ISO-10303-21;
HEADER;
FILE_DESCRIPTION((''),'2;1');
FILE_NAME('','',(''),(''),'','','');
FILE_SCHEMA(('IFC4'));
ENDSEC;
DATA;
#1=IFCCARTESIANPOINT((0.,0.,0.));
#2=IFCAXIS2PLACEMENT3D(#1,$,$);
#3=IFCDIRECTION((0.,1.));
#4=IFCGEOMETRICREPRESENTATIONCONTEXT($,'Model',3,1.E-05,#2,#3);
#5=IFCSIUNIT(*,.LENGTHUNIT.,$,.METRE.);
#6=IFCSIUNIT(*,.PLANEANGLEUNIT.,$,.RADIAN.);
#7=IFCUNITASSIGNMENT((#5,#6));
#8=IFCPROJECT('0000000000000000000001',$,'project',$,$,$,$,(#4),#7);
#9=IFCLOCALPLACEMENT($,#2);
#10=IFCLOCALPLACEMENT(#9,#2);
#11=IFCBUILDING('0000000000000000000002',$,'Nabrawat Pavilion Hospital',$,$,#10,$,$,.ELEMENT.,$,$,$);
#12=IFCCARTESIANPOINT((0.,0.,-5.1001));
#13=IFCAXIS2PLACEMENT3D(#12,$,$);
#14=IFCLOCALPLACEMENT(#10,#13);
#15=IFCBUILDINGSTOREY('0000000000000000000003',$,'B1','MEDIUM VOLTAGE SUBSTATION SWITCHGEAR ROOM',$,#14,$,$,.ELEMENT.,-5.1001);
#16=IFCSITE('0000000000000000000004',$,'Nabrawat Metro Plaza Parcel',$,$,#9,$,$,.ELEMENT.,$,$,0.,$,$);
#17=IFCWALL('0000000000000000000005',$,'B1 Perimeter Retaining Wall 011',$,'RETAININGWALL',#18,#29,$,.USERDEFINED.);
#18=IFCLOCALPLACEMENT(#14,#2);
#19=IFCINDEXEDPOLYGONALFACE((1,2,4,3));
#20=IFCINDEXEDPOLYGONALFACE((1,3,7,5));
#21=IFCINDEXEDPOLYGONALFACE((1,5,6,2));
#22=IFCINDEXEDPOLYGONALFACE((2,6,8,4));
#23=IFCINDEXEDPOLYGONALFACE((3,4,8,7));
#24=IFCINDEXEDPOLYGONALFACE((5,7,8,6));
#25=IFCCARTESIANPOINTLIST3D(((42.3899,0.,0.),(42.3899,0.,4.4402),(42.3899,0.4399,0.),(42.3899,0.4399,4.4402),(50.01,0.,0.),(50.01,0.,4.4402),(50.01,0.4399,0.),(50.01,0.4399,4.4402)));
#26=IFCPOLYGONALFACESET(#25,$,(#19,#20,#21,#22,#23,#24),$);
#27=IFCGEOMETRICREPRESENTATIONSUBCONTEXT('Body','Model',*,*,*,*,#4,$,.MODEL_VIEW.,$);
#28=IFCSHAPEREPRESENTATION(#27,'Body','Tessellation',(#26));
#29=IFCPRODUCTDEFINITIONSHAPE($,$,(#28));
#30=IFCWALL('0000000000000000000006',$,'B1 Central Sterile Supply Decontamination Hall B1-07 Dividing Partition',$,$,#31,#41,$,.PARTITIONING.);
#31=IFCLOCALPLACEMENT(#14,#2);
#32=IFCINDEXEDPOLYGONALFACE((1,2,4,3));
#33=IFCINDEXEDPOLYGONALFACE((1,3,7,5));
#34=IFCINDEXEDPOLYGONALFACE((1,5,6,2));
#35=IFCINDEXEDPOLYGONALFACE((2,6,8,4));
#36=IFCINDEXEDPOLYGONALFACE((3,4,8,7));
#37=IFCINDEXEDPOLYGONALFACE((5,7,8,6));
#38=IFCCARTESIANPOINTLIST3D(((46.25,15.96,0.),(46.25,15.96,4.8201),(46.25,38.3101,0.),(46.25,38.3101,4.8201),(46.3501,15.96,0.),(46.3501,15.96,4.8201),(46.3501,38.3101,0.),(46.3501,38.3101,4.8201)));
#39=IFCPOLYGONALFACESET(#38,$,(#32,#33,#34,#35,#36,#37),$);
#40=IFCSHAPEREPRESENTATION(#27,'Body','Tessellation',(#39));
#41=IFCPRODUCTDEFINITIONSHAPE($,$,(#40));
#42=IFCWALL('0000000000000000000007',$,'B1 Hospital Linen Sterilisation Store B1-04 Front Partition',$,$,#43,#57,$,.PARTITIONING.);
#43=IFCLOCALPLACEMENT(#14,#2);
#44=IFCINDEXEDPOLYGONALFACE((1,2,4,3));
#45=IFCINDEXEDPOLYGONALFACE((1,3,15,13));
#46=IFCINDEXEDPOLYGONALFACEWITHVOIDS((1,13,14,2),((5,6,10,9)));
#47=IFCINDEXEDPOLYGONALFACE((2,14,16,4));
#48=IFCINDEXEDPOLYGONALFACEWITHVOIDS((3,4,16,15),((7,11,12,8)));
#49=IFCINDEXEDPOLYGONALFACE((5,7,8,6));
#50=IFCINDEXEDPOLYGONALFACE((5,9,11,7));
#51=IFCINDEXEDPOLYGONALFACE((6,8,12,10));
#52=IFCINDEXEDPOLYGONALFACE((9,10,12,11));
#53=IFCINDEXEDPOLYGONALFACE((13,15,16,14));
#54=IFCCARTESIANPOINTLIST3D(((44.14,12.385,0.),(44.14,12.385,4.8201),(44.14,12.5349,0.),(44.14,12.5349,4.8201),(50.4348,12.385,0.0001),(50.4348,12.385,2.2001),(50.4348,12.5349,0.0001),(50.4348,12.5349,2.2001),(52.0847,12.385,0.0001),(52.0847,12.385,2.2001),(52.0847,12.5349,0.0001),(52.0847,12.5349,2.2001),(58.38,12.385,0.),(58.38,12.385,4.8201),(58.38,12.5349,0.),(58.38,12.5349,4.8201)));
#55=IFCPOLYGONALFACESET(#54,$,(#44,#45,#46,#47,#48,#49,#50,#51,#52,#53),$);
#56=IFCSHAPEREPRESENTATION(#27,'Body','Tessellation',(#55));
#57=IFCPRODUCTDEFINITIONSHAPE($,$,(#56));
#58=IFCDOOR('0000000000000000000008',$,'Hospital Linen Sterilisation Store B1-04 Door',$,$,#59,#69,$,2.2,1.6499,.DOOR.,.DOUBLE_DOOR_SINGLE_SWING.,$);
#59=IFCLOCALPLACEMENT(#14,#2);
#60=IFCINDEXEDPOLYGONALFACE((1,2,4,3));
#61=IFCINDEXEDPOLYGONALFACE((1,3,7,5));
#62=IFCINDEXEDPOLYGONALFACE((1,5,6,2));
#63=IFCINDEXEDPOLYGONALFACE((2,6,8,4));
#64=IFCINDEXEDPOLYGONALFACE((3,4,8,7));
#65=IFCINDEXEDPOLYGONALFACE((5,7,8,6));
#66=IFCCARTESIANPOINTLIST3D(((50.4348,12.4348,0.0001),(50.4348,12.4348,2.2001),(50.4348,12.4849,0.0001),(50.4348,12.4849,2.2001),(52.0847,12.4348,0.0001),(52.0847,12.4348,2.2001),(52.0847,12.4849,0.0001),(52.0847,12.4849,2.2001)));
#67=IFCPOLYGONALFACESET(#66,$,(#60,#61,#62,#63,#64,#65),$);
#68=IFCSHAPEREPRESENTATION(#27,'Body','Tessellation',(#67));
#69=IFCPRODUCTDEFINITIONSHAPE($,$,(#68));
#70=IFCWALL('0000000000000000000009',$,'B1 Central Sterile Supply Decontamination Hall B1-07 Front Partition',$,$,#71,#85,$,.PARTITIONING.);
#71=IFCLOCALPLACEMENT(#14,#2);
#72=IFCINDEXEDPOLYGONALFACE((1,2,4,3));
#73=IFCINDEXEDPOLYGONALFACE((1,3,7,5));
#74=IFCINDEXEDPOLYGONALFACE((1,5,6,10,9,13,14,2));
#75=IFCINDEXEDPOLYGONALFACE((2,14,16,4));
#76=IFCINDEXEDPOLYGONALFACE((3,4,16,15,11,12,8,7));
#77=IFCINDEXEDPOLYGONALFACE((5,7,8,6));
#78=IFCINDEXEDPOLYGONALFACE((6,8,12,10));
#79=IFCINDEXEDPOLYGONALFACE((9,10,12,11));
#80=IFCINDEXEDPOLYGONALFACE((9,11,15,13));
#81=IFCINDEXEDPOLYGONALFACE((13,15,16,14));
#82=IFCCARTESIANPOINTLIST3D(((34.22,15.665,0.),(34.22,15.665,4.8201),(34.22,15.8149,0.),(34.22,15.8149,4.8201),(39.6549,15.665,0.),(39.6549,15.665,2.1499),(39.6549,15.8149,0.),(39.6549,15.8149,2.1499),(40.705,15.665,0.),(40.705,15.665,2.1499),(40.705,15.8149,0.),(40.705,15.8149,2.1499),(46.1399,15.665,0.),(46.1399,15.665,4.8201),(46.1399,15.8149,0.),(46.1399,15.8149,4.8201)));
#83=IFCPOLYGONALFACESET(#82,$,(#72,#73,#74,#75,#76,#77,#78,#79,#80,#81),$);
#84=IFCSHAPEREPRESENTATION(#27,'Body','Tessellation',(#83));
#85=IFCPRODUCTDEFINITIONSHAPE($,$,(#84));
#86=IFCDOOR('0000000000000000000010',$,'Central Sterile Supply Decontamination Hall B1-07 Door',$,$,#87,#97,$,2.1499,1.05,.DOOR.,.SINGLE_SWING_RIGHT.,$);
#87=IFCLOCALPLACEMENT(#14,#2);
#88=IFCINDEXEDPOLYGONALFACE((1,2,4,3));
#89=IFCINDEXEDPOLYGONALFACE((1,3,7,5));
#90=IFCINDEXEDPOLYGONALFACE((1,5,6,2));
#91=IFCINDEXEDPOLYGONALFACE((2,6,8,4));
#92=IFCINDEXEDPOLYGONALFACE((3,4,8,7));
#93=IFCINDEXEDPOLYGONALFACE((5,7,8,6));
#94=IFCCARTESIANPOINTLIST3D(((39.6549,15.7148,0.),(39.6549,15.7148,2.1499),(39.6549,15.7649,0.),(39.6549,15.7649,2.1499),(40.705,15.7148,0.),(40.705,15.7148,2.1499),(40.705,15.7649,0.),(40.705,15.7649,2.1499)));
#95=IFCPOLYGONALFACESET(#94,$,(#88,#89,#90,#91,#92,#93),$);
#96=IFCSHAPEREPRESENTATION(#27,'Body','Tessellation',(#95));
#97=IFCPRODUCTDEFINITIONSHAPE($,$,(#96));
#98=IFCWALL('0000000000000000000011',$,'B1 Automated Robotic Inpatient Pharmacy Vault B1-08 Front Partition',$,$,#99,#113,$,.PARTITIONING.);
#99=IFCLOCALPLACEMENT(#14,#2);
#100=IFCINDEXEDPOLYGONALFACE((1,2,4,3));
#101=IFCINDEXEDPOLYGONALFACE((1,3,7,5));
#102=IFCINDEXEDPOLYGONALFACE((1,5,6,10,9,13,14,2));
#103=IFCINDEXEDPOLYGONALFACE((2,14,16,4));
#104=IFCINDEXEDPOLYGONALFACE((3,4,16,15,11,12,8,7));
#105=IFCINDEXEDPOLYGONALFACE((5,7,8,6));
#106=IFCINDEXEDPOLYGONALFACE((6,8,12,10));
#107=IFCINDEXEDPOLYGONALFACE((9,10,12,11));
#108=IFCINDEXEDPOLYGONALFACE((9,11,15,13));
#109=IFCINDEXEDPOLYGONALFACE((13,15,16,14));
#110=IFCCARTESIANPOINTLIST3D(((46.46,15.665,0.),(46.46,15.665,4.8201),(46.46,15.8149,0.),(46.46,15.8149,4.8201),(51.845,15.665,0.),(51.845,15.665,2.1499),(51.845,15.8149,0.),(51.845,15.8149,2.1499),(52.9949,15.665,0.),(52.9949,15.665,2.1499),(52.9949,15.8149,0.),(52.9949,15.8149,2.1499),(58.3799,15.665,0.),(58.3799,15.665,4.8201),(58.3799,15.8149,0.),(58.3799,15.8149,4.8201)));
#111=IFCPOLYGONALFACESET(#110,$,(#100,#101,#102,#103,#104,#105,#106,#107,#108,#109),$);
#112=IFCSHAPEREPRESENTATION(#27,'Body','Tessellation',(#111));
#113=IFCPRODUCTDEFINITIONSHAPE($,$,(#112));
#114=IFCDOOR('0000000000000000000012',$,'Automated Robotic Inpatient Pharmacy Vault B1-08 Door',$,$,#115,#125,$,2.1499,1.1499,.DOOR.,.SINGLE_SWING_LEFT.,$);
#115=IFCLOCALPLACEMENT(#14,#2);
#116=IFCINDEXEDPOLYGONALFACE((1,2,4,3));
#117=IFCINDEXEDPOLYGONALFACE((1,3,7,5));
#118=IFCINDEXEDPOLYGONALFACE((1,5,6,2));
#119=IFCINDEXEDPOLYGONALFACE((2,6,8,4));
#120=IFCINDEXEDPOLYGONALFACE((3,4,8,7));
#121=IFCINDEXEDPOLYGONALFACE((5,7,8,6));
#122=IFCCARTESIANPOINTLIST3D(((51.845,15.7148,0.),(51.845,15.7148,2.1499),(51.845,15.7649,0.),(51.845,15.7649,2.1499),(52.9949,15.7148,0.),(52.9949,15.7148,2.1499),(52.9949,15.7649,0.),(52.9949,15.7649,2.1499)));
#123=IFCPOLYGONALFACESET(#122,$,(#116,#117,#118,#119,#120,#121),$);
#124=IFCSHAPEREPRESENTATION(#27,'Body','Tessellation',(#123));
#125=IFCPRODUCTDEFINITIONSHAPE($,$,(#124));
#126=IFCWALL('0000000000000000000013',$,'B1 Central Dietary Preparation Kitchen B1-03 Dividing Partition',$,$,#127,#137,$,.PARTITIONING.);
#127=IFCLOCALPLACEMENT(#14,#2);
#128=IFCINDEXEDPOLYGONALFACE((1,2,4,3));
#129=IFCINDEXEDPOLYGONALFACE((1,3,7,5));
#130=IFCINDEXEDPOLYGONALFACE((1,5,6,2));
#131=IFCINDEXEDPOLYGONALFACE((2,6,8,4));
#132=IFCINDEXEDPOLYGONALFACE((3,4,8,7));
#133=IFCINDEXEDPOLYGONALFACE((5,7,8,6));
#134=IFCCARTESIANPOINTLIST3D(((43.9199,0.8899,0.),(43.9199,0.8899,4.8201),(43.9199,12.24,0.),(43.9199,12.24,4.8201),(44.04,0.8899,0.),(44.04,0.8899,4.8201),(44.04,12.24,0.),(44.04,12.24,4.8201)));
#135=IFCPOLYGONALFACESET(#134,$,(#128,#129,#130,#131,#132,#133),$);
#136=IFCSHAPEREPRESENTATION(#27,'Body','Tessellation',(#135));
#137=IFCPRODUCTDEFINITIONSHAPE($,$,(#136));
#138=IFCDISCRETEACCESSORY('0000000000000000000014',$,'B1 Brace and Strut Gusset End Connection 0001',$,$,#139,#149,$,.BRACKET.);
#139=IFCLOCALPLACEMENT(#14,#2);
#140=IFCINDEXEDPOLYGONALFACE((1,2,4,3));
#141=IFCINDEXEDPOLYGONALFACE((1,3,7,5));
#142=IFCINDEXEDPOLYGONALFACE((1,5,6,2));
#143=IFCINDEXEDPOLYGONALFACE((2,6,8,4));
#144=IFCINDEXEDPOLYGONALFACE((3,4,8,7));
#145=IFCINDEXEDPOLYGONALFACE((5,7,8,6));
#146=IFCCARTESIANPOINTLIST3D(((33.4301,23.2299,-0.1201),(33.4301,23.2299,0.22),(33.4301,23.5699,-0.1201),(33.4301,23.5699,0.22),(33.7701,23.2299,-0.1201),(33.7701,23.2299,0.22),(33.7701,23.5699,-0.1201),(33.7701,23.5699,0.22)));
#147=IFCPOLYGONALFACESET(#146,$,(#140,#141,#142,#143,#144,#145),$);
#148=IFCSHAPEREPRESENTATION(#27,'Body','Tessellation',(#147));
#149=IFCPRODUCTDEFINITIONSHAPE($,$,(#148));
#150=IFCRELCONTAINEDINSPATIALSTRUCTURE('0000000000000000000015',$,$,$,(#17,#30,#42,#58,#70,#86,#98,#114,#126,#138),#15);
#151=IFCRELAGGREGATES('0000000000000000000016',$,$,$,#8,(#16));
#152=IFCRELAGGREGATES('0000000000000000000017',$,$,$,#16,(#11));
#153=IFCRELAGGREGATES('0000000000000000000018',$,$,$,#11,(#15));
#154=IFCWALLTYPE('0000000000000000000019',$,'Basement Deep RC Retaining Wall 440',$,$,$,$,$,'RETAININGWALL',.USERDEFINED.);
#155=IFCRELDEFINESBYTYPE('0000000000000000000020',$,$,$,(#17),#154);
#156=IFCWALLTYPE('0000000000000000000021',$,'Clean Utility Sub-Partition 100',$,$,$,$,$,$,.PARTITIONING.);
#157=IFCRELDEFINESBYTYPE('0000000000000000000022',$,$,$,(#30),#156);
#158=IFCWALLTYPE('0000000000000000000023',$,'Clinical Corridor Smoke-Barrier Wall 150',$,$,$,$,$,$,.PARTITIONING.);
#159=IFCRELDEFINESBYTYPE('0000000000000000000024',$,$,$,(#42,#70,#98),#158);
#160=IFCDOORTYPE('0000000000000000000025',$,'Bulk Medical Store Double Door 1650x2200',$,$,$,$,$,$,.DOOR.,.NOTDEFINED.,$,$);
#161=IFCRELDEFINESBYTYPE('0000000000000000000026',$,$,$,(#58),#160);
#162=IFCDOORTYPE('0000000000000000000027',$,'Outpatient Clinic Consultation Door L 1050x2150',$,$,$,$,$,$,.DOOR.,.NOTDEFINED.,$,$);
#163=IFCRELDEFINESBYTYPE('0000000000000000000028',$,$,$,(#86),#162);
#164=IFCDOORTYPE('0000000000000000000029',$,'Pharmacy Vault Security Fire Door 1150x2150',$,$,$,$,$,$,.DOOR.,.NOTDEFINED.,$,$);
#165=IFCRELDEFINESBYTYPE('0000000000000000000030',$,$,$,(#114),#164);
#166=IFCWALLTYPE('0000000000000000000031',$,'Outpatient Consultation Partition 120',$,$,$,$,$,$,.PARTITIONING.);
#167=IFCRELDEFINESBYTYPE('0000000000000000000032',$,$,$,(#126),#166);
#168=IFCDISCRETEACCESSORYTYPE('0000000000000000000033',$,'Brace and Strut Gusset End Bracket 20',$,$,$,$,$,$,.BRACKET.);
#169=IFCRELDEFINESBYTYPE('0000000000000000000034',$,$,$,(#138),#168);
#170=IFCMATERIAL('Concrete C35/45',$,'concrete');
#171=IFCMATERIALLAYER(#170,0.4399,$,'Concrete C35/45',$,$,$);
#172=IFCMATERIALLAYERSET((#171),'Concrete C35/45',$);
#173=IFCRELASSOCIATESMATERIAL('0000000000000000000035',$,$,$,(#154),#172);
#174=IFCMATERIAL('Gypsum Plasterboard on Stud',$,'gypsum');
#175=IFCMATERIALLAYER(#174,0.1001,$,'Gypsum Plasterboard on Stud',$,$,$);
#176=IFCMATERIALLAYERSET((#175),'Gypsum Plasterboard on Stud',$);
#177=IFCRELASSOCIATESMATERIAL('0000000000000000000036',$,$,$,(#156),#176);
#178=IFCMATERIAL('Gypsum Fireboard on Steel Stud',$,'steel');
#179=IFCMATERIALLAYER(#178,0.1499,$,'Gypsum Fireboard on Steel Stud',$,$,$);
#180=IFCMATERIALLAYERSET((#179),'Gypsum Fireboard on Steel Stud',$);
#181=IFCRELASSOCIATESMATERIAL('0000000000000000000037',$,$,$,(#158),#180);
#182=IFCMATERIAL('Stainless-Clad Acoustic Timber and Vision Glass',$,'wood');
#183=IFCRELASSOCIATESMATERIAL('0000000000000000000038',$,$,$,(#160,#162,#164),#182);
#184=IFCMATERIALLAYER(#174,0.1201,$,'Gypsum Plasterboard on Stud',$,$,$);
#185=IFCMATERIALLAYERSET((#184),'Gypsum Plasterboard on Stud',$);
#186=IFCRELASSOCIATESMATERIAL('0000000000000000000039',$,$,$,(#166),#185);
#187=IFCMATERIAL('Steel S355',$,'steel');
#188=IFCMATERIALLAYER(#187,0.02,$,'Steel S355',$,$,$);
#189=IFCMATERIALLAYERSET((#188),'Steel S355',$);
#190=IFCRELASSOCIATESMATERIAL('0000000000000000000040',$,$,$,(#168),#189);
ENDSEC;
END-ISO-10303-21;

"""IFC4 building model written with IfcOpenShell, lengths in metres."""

from ifc_helpers import new_model, si_unit, direction, frame, frame_2d, origin, origin_2d, place, context, subcontext, project, spatial, rectangle, extrude, material, layer, layer_set, type_object, element, fill, save


model = new_model("IFC4")

# Units and contexts
model_context = context("Model", 3, precision=1e-05, world=origin(), true_north=direction((0.0, 1.0)))
body_context = subcontext(model_context, "Body", "Model", "MODEL_VIEW")
ifc_project = project(units=[si_unit("LENGTHUNIT", "METRE"), si_unit("PLANEANGLEUNIT", "RADIAN")], contexts=[model_context])

# Site, building, storey
site_placement = place(None, origin())
site = spatial("IfcSite", under=ifc_project, at=site_placement, Name="Nabrawat Metro Plaza Parcel", CompositionType="ELEMENT", RefElevation=0.0)
building_placement = place(site_placement, origin())
building = spatial("IfcBuilding", under=site, at=building_placement, Name="Nabrawat Pavilion Hospital", CompositionType="ELEMENT")
storey_placement = place(building_placement, frame((0.0, 0.0, -5.1001)))
storey = spatial("IfcBuildingStorey", under=building, at=storey_placement, Name="B1", Description="MEDIUM VOLTAGE SUBSTATION SWITCHGEAR ROOM", CompositionType="ELEMENT", Elevation=-5.1001)

# Shared definitions
ifc_material_1 = material(Name="Concrete C35/45", Category="concrete")

# Shared definitions
ifc_material_2 = material(Name="Steel S355", Category="steel")

# Walls
ifc_layer_1 = layer(ifc_material_1, 0.4399, Name="Concrete C35/45")
ifc_layer_set_1 = layer_set([ifc_layer_1], Name="Concrete C35/45")
wall_type_1 = type_object("IfcWallType", Name="Basement Deep RC Retaining Wall 440", ElementType="RETAININGWALL", PredefinedType="USERDEFINED", material=ifc_layer_set_1)
wall_1_placement = place(storey_placement, frame((42.3899, 0.22, 0.0), z_axis=(0.0, 0.0, 1.0), x_axis=(1.0, 0.0, 0.0)))
element("IfcWall", 1, at=wall_1_placement, inside=storey, type_object=wall_type_1, Name="B1 Perimeter Retaining Wall 011", ObjectType="RETAININGWALL", PredefinedType="USERDEFINED", context=body_context, shape_type="SweptSolid", body=[
    extrude(rectangle(XDim=7.6201, YDim=0.4399, at=frame_2d((3.8101, 0.0))), origin(), (0.0, 0.0, 1.0), 4.4402),
])
ifc_material_3 = material(Name="Gypsum Plasterboard on Stud", Category="gypsum")
ifc_layer_2 = layer(ifc_material_3, 0.1001, Name="Gypsum Plasterboard on Stud")
ifc_layer_set_2 = layer_set([ifc_layer_2], Name="Gypsum Plasterboard on Stud")
wall_type_2 = type_object("IfcWallType", Name="Clean Utility Sub-Partition 100", PredefinedType="PARTITIONING", material=ifc_layer_set_2)
wall_2_placement = place(storey_placement, frame((46.3, 15.96, 0.0), z_axis=(0.0, 0.0, 1.0), x_axis=(0.0, 1.0, 0.0)))
element("IfcWall", 2, at=wall_2_placement, inside=storey, type_object=wall_type_2, Name="B1 Central Sterile Supply Decontamination Hall B1-07 Dividing Partition", PredefinedType="PARTITIONING", context=body_context, shape_type="SweptSolid", body=[
    extrude(rectangle(XDim=22.3501, YDim=0.1001, at=frame_2d((11.175, 0.0))), origin(), (0.0, 0.0, 1.0), 4.8201),
])

# Walls, openings, doors
ifc_material_4 = material(Name="Gypsum Fireboard on Steel Stud", Category="steel")
ifc_layer_3 = layer(ifc_material_4, 0.1499, Name="Gypsum Fireboard on Steel Stud")
ifc_layer_set_3 = layer_set([ifc_layer_3], Name="Gypsum Fireboard on Steel Stud")
wall_type_3 = type_object("IfcWallType", Name="Clinical Corridor Smoke-Barrier Wall 150", PredefinedType="PARTITIONING", material=ifc_layer_set_3)
wall_3_placement = place(storey_placement, frame((44.1399, 12.46, 0.0), z_axis=(0.0, 0.0, 1.0), x_axis=(1.0, 0.0, 0.0)))
wall_3 = element("IfcWall", 3, at=wall_3_placement, inside=storey, type_object=wall_type_3, Name="B1 Hospital Linen Sterilisation Store B1-04 Front Partition", PredefinedType="PARTITIONING", context=body_context, shape_type="SweptSolid", body=[
    extrude(rectangle(XDim=14.24, YDim=0.1499, at=frame_2d((7.1201, 0.0))), origin(), (0.0, 0.0, 1.0), 4.8201),
])
opening_1_placement = place(wall_3_placement, frame((6.2949, 0.0, 0.0)))
opening_1 = element("IfcOpeningElement", 4, at=opening_1_placement, cuts=wall_3, PredefinedType="OPENING", context=body_context, shape_type="SweptSolid", body=[
    extrude(rectangle(XDim=1.6499, YDim=2.2, at=frame_2d((0.825, 1.1001))), frame((0.0, 0.085, 0.0), z_axis=(0.0, -1.0, 0.0), x_axis=(1.0, 0.0, 0.0)), (0.0, 0.0, 1.0), 0.1699),
])
ifc_material_5 = material(Name="Stainless-Clad Acoustic Timber and Vision Glass", Category="wood")
door_type_1 = type_object("IfcDoorType", Name="Bulk Medical Store Double Door 1650x2200", OperationType="NOTDEFINED", PredefinedType="DOOR", material=ifc_material_5)
door_1_placement = place(opening_1_placement, origin())
door_1 = element("IfcDoor", 5, at=door_1_placement, inside=storey, type_object=door_type_1, Name="Hospital Linen Sterilisation Store B1-04 Door", OperationType="DOUBLE_DOOR_SINGLE_SWING", OverallHeight=2.2, OverallWidth=1.6499, PredefinedType="DOOR", context=body_context, shape_type="SweptSolid", body=[
    extrude(rectangle(XDim=1.6499, YDim=2.2, at=frame_2d((0.825, 1.1001))), frame((0.0, 0.0249, 0.0), z_axis=(0.0, -1.0, 0.0), x_axis=(1.0, 0.0, 0.0)), (0.0, 0.0, 1.0), 0.05),
])
fill(opening_1, door_1)
wall_4_placement = place(storey_placement, frame((34.22, 15.74, 0.0), z_axis=(0.0, 0.0, 1.0), x_axis=(1.0, 0.0, 0.0)))
wall_4 = element("IfcWall", 6, at=wall_4_placement, inside=storey, type_object=wall_type_3, Name="B1 Central Sterile Supply Decontamination Hall B1-07 Front Partition", PredefinedType="PARTITIONING", context=body_context, shape_type="SweptSolid", body=[
    extrude(rectangle(XDim=11.9199, YDim=0.1499, at=frame_2d((5.96, 0.0))), origin(), (0.0, 0.0, 1.0), 4.8201),
])
opening_2_placement = place(wall_4_placement, frame((5.4351, 0.0, 0.0)))
opening_2 = element("IfcOpeningElement", 7, at=opening_2_placement, cuts=wall_4, PredefinedType="OPENING", context=body_context, shape_type="SweptSolid", body=[
    extrude(rectangle(XDim=1.05, YDim=2.1499, at=frame_2d((0.5249, 1.075))), frame((0.0, 0.085, 0.0), z_axis=(0.0, -1.0, 0.0), x_axis=(1.0, 0.0, 0.0)), (0.0, 0.0, 1.0), 0.1699),
])
door_type_2 = type_object("IfcDoorType", Name="Outpatient Clinic Consultation Door L 1050x2150", OperationType="NOTDEFINED", PredefinedType="DOOR", material=ifc_material_5)
door_2_placement = place(opening_2_placement, origin())
door_2 = element("IfcDoor", 8, at=door_2_placement, inside=storey, type_object=door_type_2, Name="Central Sterile Supply Decontamination Hall B1-07 Door", OperationType="SINGLE_SWING_RIGHT", OverallHeight=2.1499, OverallWidth=1.05, PredefinedType="DOOR", context=body_context, shape_type="SweptSolid", body=[
    extrude(rectangle(XDim=1.05, YDim=2.1499, at=frame_2d((0.5249, 1.075))), frame((0.0, 0.0249, 0.0), z_axis=(0.0, -1.0, 0.0), x_axis=(1.0, 0.0, 0.0)), (0.0, 0.0, 1.0), 0.05),
])
fill(opening_2, door_2)
wall_5_placement = place(storey_placement, frame((46.46, 15.74, 0.0), z_axis=(0.0, 0.0, 1.0), x_axis=(1.0, 0.0, 0.0)))
wall_5 = element("IfcWall", 9, at=wall_5_placement, inside=storey, type_object=wall_type_3, Name="B1 Automated Robotic Inpatient Pharmacy Vault B1-08 Front Partition", PredefinedType="PARTITIONING", context=body_context, shape_type="SweptSolid", body=[
    extrude(rectangle(XDim=11.9199, YDim=0.1499, at=frame_2d((5.96, 0.0))), origin(), (0.0, 0.0, 1.0), 4.8201),
])
opening_3_placement = place(wall_5_placement, frame((5.385, 0.0, 0.0)))
opening_3 = element("IfcOpeningElement", 10, at=opening_3_placement, cuts=wall_5, PredefinedType="OPENING", context=body_context, shape_type="SweptSolid", body=[
    extrude(rectangle(XDim=1.1499, YDim=2.1499, at=frame_2d((0.575, 1.075))), frame((0.0, 0.085, 0.0), z_axis=(0.0, -1.0, 0.0), x_axis=(1.0, 0.0, 0.0)), (0.0, 0.0, 1.0), 0.1699),
])
door_type_3 = type_object("IfcDoorType", Name="Pharmacy Vault Security Fire Door 1150x2150", OperationType="NOTDEFINED", PredefinedType="DOOR", material=ifc_material_5)
door_3_placement = place(opening_3_placement, origin())
door_3 = element("IfcDoor", 11, at=door_3_placement, inside=storey, type_object=door_type_3, Name="Automated Robotic Inpatient Pharmacy Vault B1-08 Door", OperationType="SINGLE_SWING_LEFT", OverallHeight=2.1499, OverallWidth=1.1499, PredefinedType="DOOR", context=body_context, shape_type="SweptSolid", body=[
    extrude(rectangle(XDim=1.1499, YDim=2.1499, at=frame_2d((0.575, 1.075))), frame((0.0, 0.0249, 0.0), z_axis=(0.0, -1.0, 0.0), x_axis=(1.0, 0.0, 0.0)), (0.0, 0.0, 1.0), 0.05),
])
fill(opening_3, door_3)

# Wall
ifc_layer_4 = layer(ifc_material_3, 0.1201, Name="Gypsum Plasterboard on Stud")
ifc_layer_set_4 = layer_set([ifc_layer_4], Name="Gypsum Plasterboard on Stud")
wall_type_4 = type_object("IfcWallType", Name="Outpatient Consultation Partition 120", PredefinedType="PARTITIONING", material=ifc_layer_set_4)
wall_6_placement = place(storey_placement, frame((43.98, 0.8899, 0.0), z_axis=(0.0, 0.0, 1.0), x_axis=(0.0, 1.0, 0.0)))
element("IfcWall", 12, at=wall_6_placement, inside=storey, type_object=wall_type_4, Name="B1 Central Dietary Preparation Kitchen B1-03 Dividing Partition", PredefinedType="PARTITIONING", context=body_context, shape_type="SweptSolid", body=[
    extrude(rectangle(XDim=11.3501, YDim=0.1201, at=frame_2d((5.675, 0.0))), origin(), (0.0, 0.0, 1.0), 4.8201),
])

# Discrete accessory
ifc_layer_5 = layer(ifc_material_2, 0.02, Name="Steel S355")
ifc_layer_set_5 = layer_set([ifc_layer_5], Name="Steel S355")
discrete_accessory_type = type_object("IfcDiscreteAccessoryType", Name="Brace and Strut Gusset End Bracket 20", PredefinedType="BRACKET", material=ifc_layer_set_5)
discrete_accessory_placement = place(storey_placement, frame((33.6001, 23.3999, -0.1201), z_axis=(0.0, 0.0, 1.0), x_axis=(1.0, 0.0, 0.0)))
element("IfcDiscreteAccessory", 13, at=discrete_accessory_placement, inside=storey, type_object=discrete_accessory_type, Name="B1 Brace and Strut Gusset End Connection 0001", PredefinedType="BRACKET", context=body_context, shape_type="SweptSolid", body=[
    extrude(rectangle(XDim=0.3401, YDim=0.3401, at=origin_2d()), origin(), (0.0, 0.0, 1.0), 0.3401),
])

save(model, "model.ifc")
